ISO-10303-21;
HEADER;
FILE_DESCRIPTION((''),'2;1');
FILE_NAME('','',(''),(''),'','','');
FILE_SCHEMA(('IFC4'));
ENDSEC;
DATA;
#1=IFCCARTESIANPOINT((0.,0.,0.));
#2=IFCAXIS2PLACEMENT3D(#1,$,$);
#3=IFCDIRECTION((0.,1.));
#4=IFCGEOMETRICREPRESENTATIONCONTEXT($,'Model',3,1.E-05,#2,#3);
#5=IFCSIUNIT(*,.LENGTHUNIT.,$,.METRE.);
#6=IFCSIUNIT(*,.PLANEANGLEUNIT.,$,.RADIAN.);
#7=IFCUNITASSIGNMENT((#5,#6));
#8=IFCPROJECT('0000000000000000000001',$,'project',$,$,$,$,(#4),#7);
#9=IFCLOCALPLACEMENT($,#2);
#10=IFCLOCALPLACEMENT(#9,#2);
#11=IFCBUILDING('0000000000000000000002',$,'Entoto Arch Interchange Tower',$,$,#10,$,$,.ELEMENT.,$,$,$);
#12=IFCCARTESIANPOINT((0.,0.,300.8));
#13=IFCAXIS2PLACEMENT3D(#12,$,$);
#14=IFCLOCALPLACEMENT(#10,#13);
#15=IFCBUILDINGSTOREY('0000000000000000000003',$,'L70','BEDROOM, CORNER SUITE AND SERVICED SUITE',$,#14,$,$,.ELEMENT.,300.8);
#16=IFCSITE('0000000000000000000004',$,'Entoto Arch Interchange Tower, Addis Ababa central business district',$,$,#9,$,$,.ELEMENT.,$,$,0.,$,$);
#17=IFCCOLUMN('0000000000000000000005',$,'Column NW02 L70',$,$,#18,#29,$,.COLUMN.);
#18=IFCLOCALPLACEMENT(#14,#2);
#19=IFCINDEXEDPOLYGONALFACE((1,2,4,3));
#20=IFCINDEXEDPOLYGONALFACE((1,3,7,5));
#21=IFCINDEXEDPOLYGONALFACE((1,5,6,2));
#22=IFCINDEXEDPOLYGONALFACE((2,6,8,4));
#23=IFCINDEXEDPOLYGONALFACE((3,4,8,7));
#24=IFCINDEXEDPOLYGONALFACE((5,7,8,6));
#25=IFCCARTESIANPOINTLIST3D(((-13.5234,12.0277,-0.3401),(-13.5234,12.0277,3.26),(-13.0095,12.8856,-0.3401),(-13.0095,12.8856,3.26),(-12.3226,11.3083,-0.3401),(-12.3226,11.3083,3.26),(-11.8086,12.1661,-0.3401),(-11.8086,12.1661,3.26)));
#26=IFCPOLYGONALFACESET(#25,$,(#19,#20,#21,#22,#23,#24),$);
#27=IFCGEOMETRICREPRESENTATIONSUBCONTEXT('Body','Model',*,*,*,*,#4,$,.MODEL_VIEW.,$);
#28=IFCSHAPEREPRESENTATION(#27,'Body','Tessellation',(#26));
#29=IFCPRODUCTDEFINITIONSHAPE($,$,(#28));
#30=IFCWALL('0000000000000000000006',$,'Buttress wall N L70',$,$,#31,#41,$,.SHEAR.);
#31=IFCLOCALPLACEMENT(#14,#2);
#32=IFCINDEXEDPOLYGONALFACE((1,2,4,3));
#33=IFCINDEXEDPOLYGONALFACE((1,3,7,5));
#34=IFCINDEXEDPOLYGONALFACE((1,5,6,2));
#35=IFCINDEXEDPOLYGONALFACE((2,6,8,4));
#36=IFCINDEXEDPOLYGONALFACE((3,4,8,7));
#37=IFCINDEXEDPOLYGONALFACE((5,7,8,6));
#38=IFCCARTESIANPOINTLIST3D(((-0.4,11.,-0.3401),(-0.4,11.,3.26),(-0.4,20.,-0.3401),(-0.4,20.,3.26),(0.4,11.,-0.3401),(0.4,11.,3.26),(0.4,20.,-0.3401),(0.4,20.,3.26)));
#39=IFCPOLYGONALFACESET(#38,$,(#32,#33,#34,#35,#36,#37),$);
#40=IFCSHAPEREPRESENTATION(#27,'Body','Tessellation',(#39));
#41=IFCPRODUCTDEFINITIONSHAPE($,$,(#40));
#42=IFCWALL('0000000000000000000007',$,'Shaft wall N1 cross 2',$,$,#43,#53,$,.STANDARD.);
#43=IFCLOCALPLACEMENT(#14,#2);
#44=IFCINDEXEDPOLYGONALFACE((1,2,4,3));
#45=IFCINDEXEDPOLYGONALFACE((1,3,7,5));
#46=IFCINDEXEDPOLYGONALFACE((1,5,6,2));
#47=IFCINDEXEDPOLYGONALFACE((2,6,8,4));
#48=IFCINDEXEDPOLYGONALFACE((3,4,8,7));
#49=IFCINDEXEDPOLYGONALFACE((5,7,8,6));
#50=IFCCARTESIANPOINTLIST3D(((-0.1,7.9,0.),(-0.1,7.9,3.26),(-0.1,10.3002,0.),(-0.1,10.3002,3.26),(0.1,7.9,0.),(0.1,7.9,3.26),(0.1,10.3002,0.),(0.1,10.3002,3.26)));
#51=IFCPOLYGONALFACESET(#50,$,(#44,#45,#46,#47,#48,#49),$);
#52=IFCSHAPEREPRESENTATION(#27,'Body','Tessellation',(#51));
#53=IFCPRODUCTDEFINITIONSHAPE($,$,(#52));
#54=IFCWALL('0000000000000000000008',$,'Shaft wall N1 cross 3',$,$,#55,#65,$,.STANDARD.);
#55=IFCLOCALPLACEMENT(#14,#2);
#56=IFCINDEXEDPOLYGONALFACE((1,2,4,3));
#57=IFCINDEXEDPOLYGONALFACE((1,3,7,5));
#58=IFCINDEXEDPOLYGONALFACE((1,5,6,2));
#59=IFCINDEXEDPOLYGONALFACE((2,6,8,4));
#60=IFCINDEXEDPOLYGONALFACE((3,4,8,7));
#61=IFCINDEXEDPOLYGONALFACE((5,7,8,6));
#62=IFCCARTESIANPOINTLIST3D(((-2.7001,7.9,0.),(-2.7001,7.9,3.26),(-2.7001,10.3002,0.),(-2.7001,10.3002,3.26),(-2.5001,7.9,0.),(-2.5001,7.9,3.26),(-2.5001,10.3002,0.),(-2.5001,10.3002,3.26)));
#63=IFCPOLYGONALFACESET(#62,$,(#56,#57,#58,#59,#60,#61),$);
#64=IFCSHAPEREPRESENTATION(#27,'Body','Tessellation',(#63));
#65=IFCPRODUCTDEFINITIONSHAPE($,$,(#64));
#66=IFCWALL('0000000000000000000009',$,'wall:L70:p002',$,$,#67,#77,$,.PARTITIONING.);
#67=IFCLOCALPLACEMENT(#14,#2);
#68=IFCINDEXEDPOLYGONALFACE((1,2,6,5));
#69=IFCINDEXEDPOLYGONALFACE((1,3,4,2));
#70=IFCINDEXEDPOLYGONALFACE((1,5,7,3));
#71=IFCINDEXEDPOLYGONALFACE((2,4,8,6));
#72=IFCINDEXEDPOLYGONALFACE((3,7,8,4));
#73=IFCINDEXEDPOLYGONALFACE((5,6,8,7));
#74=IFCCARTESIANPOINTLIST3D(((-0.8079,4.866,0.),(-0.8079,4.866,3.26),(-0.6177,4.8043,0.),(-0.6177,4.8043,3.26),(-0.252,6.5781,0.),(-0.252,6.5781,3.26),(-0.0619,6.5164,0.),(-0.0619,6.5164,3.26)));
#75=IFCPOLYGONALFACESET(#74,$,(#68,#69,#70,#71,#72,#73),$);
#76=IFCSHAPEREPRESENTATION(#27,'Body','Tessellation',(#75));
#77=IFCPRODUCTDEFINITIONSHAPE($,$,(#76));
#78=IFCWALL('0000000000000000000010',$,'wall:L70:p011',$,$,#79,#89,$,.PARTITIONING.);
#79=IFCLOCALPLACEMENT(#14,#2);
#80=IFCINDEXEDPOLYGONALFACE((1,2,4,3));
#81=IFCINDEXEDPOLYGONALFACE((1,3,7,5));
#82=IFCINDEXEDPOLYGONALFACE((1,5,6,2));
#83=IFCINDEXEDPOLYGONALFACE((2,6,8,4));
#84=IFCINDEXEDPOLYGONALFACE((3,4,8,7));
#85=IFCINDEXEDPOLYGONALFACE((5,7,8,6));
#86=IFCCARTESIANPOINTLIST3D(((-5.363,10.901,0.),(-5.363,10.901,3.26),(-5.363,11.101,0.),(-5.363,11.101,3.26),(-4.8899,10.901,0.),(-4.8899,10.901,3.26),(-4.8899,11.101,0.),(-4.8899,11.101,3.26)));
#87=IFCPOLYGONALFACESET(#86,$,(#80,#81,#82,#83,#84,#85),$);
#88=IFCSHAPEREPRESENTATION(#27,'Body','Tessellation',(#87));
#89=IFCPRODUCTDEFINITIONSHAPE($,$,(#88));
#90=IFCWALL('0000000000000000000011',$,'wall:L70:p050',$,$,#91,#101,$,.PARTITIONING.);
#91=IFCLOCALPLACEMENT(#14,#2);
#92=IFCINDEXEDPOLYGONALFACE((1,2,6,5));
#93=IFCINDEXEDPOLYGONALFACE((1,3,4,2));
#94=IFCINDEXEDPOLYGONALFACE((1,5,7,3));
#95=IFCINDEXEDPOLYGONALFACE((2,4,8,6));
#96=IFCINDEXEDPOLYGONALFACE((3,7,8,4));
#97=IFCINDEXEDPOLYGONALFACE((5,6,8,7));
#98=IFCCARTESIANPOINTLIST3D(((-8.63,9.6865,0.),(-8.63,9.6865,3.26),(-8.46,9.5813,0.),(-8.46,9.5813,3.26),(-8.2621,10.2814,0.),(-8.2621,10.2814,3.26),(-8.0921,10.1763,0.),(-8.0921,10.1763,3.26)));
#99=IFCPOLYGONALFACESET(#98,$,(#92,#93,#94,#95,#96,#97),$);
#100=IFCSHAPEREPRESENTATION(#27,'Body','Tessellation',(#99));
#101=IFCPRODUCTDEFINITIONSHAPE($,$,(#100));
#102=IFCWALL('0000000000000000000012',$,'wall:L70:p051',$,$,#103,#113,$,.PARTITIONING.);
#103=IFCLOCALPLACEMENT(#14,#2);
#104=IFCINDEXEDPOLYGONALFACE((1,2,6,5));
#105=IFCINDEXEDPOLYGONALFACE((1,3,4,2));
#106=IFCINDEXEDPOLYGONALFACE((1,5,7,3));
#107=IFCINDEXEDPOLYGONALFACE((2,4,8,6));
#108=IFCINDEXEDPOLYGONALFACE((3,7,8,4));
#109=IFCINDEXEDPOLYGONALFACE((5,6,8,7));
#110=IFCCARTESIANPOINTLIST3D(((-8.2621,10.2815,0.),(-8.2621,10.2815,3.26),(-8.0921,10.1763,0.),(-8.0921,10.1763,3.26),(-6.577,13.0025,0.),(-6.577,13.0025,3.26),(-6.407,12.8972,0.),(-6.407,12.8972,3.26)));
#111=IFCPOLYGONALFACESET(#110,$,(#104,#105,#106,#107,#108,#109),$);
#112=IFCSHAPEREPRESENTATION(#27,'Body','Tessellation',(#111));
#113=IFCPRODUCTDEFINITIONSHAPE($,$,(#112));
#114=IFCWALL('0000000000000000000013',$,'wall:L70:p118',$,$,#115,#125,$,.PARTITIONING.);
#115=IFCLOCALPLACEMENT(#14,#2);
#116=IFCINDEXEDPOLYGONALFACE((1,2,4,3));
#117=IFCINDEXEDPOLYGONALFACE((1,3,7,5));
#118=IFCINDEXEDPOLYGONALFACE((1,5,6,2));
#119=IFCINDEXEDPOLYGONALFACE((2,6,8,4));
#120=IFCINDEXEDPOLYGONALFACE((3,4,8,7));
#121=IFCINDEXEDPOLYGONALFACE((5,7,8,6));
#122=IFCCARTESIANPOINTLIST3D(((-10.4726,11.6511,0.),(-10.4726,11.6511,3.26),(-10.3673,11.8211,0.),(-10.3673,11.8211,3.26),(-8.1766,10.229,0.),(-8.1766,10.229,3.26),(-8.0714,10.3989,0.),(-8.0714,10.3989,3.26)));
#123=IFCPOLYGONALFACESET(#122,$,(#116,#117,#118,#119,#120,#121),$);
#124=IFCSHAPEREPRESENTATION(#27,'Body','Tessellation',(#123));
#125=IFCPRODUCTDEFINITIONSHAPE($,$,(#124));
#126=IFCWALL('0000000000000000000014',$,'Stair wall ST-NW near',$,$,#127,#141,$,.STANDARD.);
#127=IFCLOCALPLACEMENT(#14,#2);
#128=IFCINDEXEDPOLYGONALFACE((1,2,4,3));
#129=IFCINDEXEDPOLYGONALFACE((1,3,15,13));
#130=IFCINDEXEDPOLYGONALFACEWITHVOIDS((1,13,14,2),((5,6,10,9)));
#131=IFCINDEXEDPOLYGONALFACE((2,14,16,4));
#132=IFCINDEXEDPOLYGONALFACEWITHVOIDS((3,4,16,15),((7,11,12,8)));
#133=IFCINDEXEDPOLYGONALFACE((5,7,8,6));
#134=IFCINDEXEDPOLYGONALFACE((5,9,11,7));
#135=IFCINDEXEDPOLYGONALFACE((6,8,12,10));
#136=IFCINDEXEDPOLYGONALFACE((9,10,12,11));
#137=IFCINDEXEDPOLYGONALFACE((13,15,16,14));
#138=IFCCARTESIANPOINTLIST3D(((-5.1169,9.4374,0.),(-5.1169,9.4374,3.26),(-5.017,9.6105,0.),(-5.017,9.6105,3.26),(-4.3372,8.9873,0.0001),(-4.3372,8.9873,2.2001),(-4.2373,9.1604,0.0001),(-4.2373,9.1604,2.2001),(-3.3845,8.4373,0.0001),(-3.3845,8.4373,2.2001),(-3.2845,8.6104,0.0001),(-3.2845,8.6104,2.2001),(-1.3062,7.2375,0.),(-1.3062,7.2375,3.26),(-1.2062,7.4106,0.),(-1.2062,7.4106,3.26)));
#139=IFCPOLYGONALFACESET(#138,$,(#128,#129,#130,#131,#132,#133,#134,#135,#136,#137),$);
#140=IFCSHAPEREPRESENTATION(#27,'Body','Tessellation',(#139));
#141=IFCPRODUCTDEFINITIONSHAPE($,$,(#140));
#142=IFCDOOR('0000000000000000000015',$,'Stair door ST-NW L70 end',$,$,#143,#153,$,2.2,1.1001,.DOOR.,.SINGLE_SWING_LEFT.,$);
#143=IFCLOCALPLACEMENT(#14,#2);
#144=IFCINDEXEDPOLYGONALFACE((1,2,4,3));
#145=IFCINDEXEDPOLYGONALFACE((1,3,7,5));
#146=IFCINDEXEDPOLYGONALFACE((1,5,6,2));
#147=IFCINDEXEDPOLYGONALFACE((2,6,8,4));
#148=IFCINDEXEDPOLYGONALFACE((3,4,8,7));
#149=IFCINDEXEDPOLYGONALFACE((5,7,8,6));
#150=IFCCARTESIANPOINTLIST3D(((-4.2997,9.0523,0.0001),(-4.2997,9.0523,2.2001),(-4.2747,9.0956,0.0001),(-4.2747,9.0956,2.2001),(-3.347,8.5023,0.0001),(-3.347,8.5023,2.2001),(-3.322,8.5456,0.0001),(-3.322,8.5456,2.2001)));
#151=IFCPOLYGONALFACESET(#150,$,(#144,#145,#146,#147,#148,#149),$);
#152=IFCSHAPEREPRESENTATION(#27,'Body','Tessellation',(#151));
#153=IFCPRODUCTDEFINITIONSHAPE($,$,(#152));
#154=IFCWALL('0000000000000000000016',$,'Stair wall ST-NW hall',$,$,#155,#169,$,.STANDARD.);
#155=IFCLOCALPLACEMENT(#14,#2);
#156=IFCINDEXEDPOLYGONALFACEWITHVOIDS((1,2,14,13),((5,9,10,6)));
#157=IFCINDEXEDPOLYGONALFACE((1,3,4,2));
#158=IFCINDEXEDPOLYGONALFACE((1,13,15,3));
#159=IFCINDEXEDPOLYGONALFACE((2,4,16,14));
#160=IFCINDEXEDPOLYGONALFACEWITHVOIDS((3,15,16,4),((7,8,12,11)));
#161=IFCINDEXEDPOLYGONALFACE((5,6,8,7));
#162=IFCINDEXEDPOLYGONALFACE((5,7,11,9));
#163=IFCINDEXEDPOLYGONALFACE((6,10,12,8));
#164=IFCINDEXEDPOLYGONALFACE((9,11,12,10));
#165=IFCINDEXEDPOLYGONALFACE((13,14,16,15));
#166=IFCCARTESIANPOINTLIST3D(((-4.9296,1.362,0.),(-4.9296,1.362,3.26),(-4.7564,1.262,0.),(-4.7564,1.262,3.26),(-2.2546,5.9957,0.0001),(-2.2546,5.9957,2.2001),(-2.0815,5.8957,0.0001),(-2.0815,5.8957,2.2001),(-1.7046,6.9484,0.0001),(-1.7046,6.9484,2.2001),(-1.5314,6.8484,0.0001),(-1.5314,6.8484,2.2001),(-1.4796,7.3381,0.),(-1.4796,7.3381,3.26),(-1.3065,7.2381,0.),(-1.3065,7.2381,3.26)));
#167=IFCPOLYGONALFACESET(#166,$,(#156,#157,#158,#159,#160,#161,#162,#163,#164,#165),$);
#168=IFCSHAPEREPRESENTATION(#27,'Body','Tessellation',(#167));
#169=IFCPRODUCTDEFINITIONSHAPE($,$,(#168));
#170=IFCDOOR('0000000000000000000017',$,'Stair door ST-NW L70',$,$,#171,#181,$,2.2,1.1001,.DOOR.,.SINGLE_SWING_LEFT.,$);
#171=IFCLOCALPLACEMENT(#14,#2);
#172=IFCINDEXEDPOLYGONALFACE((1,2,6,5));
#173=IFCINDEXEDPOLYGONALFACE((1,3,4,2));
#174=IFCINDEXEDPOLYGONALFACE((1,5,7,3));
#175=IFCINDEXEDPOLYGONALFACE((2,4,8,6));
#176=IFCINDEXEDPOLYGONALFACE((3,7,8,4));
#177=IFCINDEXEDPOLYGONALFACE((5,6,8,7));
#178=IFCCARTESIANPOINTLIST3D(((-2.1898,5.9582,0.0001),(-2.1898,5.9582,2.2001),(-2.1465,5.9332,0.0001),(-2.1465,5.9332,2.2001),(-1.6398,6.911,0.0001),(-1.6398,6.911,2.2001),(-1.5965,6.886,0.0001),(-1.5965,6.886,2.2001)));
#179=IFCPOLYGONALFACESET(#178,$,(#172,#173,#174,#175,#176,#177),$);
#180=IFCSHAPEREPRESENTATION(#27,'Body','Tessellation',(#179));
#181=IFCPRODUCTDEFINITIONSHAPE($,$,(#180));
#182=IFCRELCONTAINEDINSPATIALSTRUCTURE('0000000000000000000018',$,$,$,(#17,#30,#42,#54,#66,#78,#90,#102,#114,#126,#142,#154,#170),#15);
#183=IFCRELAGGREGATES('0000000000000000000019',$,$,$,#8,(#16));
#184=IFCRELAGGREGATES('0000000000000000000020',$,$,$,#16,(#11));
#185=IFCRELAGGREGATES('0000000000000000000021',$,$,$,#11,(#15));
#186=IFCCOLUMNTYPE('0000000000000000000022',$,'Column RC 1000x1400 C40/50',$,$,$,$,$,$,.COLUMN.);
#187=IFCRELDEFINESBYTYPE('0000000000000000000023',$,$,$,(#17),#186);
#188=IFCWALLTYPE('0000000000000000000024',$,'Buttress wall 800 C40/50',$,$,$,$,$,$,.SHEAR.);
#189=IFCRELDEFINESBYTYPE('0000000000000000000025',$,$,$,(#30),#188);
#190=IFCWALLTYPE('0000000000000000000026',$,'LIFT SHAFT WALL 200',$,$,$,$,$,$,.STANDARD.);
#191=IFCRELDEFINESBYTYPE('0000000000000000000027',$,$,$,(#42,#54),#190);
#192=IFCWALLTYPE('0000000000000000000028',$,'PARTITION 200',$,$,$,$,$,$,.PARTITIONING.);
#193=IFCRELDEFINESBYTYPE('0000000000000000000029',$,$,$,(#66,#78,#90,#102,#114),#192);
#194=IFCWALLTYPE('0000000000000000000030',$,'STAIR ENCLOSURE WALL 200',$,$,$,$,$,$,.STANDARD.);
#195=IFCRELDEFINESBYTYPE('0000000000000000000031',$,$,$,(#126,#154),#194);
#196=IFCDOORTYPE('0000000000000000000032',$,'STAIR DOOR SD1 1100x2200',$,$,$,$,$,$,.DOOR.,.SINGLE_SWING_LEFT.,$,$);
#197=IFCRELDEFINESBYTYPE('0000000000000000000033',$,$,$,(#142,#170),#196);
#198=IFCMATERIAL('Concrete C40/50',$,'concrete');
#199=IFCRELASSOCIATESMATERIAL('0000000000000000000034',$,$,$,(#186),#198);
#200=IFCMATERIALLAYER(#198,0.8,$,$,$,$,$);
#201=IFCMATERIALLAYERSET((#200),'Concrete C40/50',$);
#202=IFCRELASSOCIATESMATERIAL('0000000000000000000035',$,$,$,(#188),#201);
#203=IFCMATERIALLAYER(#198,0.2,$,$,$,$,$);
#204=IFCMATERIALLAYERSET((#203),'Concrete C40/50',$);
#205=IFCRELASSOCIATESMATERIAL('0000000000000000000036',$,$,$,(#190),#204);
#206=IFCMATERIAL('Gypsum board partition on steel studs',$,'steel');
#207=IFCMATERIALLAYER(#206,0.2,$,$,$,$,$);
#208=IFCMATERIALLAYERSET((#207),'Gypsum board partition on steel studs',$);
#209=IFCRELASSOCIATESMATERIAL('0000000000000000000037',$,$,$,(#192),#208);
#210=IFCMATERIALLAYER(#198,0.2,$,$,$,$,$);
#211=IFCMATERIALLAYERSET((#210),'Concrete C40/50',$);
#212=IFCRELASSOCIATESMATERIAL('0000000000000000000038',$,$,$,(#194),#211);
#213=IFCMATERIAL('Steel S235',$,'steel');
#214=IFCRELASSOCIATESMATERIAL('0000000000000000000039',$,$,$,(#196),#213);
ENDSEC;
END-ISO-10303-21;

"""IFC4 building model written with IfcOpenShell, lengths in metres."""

from ifc_helpers import new_model, si_unit, direction, frame, frame_2d, origin, origin_2d, place, context, subcontext, project, spatial, rectangle, extrude, material, layer, layer_set, material_profile, profile_set, type_object, element, fill, save


model = new_model("IFC4")

# Units and contexts
model_context = context("Model", 3, precision=1e-05, world=origin(), true_north=direction((0.0, 1.0)))
body_context = subcontext(model_context, "Body", "Model", "MODEL_VIEW")
ifc_project = project(units=[si_unit("LENGTHUNIT", "METRE"), si_unit("PLANEANGLEUNIT", "RADIAN")], contexts=[model_context])

# Site, building, storey
site_placement = place(None, origin())
site = spatial("IfcSite", under=ifc_project, at=site_placement, Name="Entoto Arch Interchange Tower, Addis Ababa central business district", CompositionType="ELEMENT", RefElevation=0.0)
building_placement = place(site_placement, origin())
building = spatial("IfcBuilding", under=site, at=building_placement, Name="Entoto Arch Interchange Tower", CompositionType="ELEMENT")
storey_placement = place(building_placement, frame((0.0, 0.0, 300.8)))
storey = spatial("IfcBuildingStorey", under=building, at=storey_placement, Name="L70", Description="BEDROOM, CORNER SUITE AND SERVICED SUITE", CompositionType="ELEMENT", Elevation=300.8)

# Column
ifc_material_1 = material(Name="Concrete C40/50", Category="concrete")
ifc_material_profile = material_profile(ifc_material_1, rectangle(XDim=1.0, YDim=1.3999, at=origin_2d()))
ifc_profile_set = profile_set([ifc_material_profile], Name="Concrete C40/50")
column_type = type_object("IfcColumnType", Name="Column RC 1000x1400 C40/50", PredefinedType="COLUMN", material=ifc_profile_set)
column_placement = place(storey_placement, frame((-12.666, 12.0969, -0.3401), z_axis=(0.0, 0.0, 1.0), x_axis=(0.513946, 0.857823, 0.0)))
element("IfcColumn", 1, at=column_placement, inside=storey, type_object=column_type, Name="Column NW02 L70", PredefinedType="COLUMN", context=body_context, shape_type="SweptSolid", body=[
    extrude(rectangle(XDim=1.0, YDim=1.3999, at=origin_2d()), origin(), (0.0, 0.0, 1.0), 3.6001),
])

# Walls
ifc_layer_1 = layer(ifc_material_1, 0.8)
ifc_layer_set_1 = layer_set([ifc_layer_1], Name="Concrete C40/50")
wall_type_1 = type_object("IfcWallType", Name="Buttress wall 800 C40/50", PredefinedType="SHEAR", material=ifc_layer_set_1)
wall_1_placement = place(storey_placement, frame((0.0, 11.0, -0.3401), z_axis=(0.0, 0.0, 1.0), x_axis=(0.0, 1.0, 0.0)))
element("IfcWall", 2, at=wall_1_placement, inside=storey, type_object=wall_type_1, Name="Buttress wall N L70", PredefinedType="SHEAR", context=body_context, shape_type="SweptSolid", body=[
    extrude(rectangle(XDim=9.0, YDim=0.8, at=frame_2d((4.5, 0.0))), origin(), (0.0, 0.0, 1.0), 3.6001),
])
ifc_layer_2 = layer(ifc_material_1, 0.2)
ifc_layer_set_2 = layer_set([ifc_layer_2], Name="Concrete C40/50")
wall_type_2 = type_object("IfcWallType", Name="LIFT SHAFT WALL 200", PredefinedType="STANDARD", material=ifc_layer_set_2)
for number, where, z_axis, x_axis, name in (
    (3, (0.0, 7.8999, 0.0), (0.0, 0.0, 1.0), (0.0, 1.0, 0.0), "Shaft wall N1 cross 2"),
    (4, (-2.6001, 7.8999, 0.0), (0.0, 0.0, 1.0), (0.0, 1.0, 0.0), "Shaft wall N1 cross 3"),
):
    element("IfcWall", number, at=place(storey_placement, frame(where, z_axis=z_axis, x_axis=x_axis)), inside=storey, type_object=wall_type_2, Name=name, PredefinedType="STANDARD", context=body_context, shape_type="SweptSolid", body=[
        extrude(rectangle(XDim=2.4001, YDim=0.2, at=frame_2d((1.2002, 0.0))), origin(), (0.0, 0.0, 1.0), 3.26),
    ])
ifc_material_2 = material(Name="Gypsum board partition on steel studs", Category="steel")
ifc_layer_3 = layer(ifc_material_2, 0.2)
ifc_layer_set_3 = layer_set([ifc_layer_3], Name="Gypsum board partition on steel studs")
wall_type_3 = type_object("IfcWallType", Name="PARTITION 200", PredefinedType="PARTITIONING", material=ifc_layer_set_3)
wall_2_placement = place(storey_placement, frame((-0.157, 6.5471, 0.0), z_axis=(0.0, 0.0, 1.0), x_axis=(-0.308813, -0.951123, 0.0)))
element("IfcWall", 5, at=wall_2_placement, inside=storey, type_object=wall_type_3, Name="wall:L70:p002", PredefinedType="PARTITIONING", context=body_context, shape_type="SweptSolid", body=[
    extrude(rectangle(XDim=1.8, YDim=0.2, at=frame_2d((0.8999, 0.0))), origin(), (0.0, 0.0, 1.0), 3.26),
])
wall_3_placement = place(storey_placement, frame((-5.363, 11.001, 0.0), z_axis=(0.0, 0.0, 1.0), x_axis=(1.0, 0.0, 0.0)))
element("IfcWall", 6, at=wall_3_placement, inside=storey, type_object=wall_type_3, Name="wall:L70:p011", PredefinedType="PARTITIONING", context=body_context, shape_type="SweptSolid", body=[
    extrude(rectangle(XDim=0.4731, YDim=0.2, at=frame_2d((0.2366, 0.0))), origin(), (0.0, 0.0, 1.0), 3.26),
])
wall_4_placement = place(storey_placement, frame((-8.5449, 9.634, 0.0), z_axis=(0.0, 0.0, 1.0), x_axis=(0.525946, 0.850518, 0.0)))
element("IfcWall", 7, at=wall_4_placement, inside=storey, type_object=wall_type_3, Name="wall:L70:p050", PredefinedType="PARTITIONING", context=body_context, shape_type="SweptSolid", body=[
    extrude(rectangle(XDim=0.6995, YDim=0.2, at=frame_2d((0.3496, 0.0))), origin(), (0.0, 0.0, 1.0), 3.26),
])
wall_5_placement = place(storey_placement, frame((-8.177, 10.229, 0.0), z_axis=(0.0, 0.0, 1.0), x_axis=(0.526504, 0.850172, 0.0)))
element("IfcWall", 8, at=wall_5_placement, inside=storey, type_object=wall_type_3, Name="wall:L70:p051", PredefinedType="PARTITIONING", context=body_context, shape_type="SweptSolid", body=[
    extrude(rectangle(XDim=3.2004, YDim=0.2, at=frame_2d((1.6001, 0.0))), origin(), (0.0, 0.0, 1.0), 3.26),
])
wall_6_placement = place(storey_placement, frame((-10.4199, 11.7361, 0.0), z_axis=(0.0, 0.0, 1.0), x_axis=(0.850124, -0.526582, 0.0)))
element("IfcWall", 9, at=wall_6_placement, inside=storey, type_object=wall_type_3, Name="wall:L70:p118", PredefinedType="PARTITIONING", context=body_context, shape_type="SweptSolid", body=[
    extrude(rectangle(XDim=2.7007, YDim=0.2, at=frame_2d((1.3503, 0.0))), origin(), (0.0, 0.0, 1.0), 3.26),
])

# Walls, openings, doors
ifc_layer_4 = layer(ifc_material_1, 0.2)
ifc_layer_set_4 = layer_set([ifc_layer_4], Name="Concrete C40/50")
wall_type_4 = type_object("IfcWallType", Name="STAIR ENCLOSURE WALL 200", PredefinedType="STANDARD", material=ifc_layer_set_4)
wall_7_placement = place(storey_placement, frame((-1.2561, 7.324, 0.0), z_axis=(0.0, 0.0, 1.0), x_axis=(-0.866046, 0.499964, 0.0)))
wall_7 = element("IfcWall", 10, at=wall_7_placement, inside=storey, type_object=wall_type_4, Name="Stair wall ST-NW near", PredefinedType="STANDARD", context=body_context, shape_type="SweptSolid", body=[
    extrude(rectangle(XDim=4.4001, YDim=0.2, at=frame_2d((2.2002, 0.0))), origin(), (0.0, 0.0, 1.0), 3.26),
])
opening_1_placement = place(wall_7_placement, frame((2.3999, 0.0, 0.0)))
opening_1 = element("IfcOpeningElement", 11, at=opening_1_placement, cuts=wall_7, PredefinedType="OPENING", context=body_context, shape_type="SweptSolid", body=[
    extrude(rectangle(XDim=1.1001, YDim=2.2, at=frame_2d((0.55, 1.1001))), frame((0.0, 0.1099, 0.0), z_axis=(0.0, -1.0, 0.0), x_axis=(1.0, 0.0, 0.0)), (0.0, 0.0, 1.0), 0.22),
])
ifc_material_3 = material(Name="Steel S235", Category="steel")
door_type = type_object("IfcDoorType", Name="STAIR DOOR SD1 1100x2200", OperationType="SINGLE_SWING_LEFT", PredefinedType="DOOR", material=ifc_material_3)
door_1_placement = place(opening_1_placement, origin())
door_1 = element("IfcDoor", 12, at=door_1_placement, inside=storey, type_object=door_type, Name="Stair door ST-NW L70 end", OperationType="SINGLE_SWING_LEFT", OverallHeight=2.2, OverallWidth=1.1001, PredefinedType="DOOR", context=body_context, shape_type="SweptSolid", body=[
    extrude(rectangle(XDim=1.1001, YDim=2.2, at=frame_2d((0.55, 1.1001))), frame((0.0, 0.0249, 0.0), z_axis=(0.0, -1.0, 0.0), x_axis=(1.0, 0.0, 0.0)), (0.0, 0.0, 1.0), 0.05),
])
fill(opening_1, door_1)
wall_8_placement = place(storey_placement, frame((-1.3931, 7.2881, 0.0), z_axis=(0.0, 0.0, 1.0), x_axis=(-0.499963, -0.866047, 0.0)))
wall_8 = element("IfcWall", 13, at=wall_8_placement, inside=storey, type_object=wall_type_4, Name="Stair wall ST-NW hall", PredefinedType="STANDARD", context=body_context, shape_type="SweptSolid", body=[
    extrude(rectangle(XDim=6.9004, YDim=0.2, at=frame_2d((3.4502, 0.0))), origin(), (0.0, 0.0, 1.0), 3.26),
])
opening_2_placement = place(wall_8_placement, frame((0.45, 0.0, 0.0)))
opening_2 = element("IfcOpeningElement", 14, at=opening_2_placement, cuts=wall_8, PredefinedType="OPENING", context=body_context, shape_type="SweptSolid", body=[
    extrude(rectangle(XDim=1.1001, YDim=2.2, at=frame_2d((0.55, 1.1001))), frame((0.0, 0.1099, 0.0), z_axis=(0.0, -1.0, 0.0), x_axis=(1.0, 0.0, 0.0)), (0.0, 0.0, 1.0), 0.22),
])
door_2_placement = place(opening_2_placement, origin())
door_2 = element("IfcDoor", 15, at=door_2_placement, inside=storey, type_object=door_type, Name="Stair door ST-NW L70", OperationType="SINGLE_SWING_LEFT", OverallHeight=2.2, OverallWidth=1.1001, PredefinedType="DOOR", context=body_context, shape_type="SweptSolid", body=[
    extrude(rectangle(XDim=1.1001, YDim=2.2, at=frame_2d((0.55, 1.1001))), frame((0.0, 0.0249, 0.0), z_axis=(0.0, -1.0, 0.0), x_axis=(1.0, 0.0, 0.0)), (0.0, 0.0, 1.0), 0.05),
])
fill(opening_2, door_2)

save(model, "model.ifc")
